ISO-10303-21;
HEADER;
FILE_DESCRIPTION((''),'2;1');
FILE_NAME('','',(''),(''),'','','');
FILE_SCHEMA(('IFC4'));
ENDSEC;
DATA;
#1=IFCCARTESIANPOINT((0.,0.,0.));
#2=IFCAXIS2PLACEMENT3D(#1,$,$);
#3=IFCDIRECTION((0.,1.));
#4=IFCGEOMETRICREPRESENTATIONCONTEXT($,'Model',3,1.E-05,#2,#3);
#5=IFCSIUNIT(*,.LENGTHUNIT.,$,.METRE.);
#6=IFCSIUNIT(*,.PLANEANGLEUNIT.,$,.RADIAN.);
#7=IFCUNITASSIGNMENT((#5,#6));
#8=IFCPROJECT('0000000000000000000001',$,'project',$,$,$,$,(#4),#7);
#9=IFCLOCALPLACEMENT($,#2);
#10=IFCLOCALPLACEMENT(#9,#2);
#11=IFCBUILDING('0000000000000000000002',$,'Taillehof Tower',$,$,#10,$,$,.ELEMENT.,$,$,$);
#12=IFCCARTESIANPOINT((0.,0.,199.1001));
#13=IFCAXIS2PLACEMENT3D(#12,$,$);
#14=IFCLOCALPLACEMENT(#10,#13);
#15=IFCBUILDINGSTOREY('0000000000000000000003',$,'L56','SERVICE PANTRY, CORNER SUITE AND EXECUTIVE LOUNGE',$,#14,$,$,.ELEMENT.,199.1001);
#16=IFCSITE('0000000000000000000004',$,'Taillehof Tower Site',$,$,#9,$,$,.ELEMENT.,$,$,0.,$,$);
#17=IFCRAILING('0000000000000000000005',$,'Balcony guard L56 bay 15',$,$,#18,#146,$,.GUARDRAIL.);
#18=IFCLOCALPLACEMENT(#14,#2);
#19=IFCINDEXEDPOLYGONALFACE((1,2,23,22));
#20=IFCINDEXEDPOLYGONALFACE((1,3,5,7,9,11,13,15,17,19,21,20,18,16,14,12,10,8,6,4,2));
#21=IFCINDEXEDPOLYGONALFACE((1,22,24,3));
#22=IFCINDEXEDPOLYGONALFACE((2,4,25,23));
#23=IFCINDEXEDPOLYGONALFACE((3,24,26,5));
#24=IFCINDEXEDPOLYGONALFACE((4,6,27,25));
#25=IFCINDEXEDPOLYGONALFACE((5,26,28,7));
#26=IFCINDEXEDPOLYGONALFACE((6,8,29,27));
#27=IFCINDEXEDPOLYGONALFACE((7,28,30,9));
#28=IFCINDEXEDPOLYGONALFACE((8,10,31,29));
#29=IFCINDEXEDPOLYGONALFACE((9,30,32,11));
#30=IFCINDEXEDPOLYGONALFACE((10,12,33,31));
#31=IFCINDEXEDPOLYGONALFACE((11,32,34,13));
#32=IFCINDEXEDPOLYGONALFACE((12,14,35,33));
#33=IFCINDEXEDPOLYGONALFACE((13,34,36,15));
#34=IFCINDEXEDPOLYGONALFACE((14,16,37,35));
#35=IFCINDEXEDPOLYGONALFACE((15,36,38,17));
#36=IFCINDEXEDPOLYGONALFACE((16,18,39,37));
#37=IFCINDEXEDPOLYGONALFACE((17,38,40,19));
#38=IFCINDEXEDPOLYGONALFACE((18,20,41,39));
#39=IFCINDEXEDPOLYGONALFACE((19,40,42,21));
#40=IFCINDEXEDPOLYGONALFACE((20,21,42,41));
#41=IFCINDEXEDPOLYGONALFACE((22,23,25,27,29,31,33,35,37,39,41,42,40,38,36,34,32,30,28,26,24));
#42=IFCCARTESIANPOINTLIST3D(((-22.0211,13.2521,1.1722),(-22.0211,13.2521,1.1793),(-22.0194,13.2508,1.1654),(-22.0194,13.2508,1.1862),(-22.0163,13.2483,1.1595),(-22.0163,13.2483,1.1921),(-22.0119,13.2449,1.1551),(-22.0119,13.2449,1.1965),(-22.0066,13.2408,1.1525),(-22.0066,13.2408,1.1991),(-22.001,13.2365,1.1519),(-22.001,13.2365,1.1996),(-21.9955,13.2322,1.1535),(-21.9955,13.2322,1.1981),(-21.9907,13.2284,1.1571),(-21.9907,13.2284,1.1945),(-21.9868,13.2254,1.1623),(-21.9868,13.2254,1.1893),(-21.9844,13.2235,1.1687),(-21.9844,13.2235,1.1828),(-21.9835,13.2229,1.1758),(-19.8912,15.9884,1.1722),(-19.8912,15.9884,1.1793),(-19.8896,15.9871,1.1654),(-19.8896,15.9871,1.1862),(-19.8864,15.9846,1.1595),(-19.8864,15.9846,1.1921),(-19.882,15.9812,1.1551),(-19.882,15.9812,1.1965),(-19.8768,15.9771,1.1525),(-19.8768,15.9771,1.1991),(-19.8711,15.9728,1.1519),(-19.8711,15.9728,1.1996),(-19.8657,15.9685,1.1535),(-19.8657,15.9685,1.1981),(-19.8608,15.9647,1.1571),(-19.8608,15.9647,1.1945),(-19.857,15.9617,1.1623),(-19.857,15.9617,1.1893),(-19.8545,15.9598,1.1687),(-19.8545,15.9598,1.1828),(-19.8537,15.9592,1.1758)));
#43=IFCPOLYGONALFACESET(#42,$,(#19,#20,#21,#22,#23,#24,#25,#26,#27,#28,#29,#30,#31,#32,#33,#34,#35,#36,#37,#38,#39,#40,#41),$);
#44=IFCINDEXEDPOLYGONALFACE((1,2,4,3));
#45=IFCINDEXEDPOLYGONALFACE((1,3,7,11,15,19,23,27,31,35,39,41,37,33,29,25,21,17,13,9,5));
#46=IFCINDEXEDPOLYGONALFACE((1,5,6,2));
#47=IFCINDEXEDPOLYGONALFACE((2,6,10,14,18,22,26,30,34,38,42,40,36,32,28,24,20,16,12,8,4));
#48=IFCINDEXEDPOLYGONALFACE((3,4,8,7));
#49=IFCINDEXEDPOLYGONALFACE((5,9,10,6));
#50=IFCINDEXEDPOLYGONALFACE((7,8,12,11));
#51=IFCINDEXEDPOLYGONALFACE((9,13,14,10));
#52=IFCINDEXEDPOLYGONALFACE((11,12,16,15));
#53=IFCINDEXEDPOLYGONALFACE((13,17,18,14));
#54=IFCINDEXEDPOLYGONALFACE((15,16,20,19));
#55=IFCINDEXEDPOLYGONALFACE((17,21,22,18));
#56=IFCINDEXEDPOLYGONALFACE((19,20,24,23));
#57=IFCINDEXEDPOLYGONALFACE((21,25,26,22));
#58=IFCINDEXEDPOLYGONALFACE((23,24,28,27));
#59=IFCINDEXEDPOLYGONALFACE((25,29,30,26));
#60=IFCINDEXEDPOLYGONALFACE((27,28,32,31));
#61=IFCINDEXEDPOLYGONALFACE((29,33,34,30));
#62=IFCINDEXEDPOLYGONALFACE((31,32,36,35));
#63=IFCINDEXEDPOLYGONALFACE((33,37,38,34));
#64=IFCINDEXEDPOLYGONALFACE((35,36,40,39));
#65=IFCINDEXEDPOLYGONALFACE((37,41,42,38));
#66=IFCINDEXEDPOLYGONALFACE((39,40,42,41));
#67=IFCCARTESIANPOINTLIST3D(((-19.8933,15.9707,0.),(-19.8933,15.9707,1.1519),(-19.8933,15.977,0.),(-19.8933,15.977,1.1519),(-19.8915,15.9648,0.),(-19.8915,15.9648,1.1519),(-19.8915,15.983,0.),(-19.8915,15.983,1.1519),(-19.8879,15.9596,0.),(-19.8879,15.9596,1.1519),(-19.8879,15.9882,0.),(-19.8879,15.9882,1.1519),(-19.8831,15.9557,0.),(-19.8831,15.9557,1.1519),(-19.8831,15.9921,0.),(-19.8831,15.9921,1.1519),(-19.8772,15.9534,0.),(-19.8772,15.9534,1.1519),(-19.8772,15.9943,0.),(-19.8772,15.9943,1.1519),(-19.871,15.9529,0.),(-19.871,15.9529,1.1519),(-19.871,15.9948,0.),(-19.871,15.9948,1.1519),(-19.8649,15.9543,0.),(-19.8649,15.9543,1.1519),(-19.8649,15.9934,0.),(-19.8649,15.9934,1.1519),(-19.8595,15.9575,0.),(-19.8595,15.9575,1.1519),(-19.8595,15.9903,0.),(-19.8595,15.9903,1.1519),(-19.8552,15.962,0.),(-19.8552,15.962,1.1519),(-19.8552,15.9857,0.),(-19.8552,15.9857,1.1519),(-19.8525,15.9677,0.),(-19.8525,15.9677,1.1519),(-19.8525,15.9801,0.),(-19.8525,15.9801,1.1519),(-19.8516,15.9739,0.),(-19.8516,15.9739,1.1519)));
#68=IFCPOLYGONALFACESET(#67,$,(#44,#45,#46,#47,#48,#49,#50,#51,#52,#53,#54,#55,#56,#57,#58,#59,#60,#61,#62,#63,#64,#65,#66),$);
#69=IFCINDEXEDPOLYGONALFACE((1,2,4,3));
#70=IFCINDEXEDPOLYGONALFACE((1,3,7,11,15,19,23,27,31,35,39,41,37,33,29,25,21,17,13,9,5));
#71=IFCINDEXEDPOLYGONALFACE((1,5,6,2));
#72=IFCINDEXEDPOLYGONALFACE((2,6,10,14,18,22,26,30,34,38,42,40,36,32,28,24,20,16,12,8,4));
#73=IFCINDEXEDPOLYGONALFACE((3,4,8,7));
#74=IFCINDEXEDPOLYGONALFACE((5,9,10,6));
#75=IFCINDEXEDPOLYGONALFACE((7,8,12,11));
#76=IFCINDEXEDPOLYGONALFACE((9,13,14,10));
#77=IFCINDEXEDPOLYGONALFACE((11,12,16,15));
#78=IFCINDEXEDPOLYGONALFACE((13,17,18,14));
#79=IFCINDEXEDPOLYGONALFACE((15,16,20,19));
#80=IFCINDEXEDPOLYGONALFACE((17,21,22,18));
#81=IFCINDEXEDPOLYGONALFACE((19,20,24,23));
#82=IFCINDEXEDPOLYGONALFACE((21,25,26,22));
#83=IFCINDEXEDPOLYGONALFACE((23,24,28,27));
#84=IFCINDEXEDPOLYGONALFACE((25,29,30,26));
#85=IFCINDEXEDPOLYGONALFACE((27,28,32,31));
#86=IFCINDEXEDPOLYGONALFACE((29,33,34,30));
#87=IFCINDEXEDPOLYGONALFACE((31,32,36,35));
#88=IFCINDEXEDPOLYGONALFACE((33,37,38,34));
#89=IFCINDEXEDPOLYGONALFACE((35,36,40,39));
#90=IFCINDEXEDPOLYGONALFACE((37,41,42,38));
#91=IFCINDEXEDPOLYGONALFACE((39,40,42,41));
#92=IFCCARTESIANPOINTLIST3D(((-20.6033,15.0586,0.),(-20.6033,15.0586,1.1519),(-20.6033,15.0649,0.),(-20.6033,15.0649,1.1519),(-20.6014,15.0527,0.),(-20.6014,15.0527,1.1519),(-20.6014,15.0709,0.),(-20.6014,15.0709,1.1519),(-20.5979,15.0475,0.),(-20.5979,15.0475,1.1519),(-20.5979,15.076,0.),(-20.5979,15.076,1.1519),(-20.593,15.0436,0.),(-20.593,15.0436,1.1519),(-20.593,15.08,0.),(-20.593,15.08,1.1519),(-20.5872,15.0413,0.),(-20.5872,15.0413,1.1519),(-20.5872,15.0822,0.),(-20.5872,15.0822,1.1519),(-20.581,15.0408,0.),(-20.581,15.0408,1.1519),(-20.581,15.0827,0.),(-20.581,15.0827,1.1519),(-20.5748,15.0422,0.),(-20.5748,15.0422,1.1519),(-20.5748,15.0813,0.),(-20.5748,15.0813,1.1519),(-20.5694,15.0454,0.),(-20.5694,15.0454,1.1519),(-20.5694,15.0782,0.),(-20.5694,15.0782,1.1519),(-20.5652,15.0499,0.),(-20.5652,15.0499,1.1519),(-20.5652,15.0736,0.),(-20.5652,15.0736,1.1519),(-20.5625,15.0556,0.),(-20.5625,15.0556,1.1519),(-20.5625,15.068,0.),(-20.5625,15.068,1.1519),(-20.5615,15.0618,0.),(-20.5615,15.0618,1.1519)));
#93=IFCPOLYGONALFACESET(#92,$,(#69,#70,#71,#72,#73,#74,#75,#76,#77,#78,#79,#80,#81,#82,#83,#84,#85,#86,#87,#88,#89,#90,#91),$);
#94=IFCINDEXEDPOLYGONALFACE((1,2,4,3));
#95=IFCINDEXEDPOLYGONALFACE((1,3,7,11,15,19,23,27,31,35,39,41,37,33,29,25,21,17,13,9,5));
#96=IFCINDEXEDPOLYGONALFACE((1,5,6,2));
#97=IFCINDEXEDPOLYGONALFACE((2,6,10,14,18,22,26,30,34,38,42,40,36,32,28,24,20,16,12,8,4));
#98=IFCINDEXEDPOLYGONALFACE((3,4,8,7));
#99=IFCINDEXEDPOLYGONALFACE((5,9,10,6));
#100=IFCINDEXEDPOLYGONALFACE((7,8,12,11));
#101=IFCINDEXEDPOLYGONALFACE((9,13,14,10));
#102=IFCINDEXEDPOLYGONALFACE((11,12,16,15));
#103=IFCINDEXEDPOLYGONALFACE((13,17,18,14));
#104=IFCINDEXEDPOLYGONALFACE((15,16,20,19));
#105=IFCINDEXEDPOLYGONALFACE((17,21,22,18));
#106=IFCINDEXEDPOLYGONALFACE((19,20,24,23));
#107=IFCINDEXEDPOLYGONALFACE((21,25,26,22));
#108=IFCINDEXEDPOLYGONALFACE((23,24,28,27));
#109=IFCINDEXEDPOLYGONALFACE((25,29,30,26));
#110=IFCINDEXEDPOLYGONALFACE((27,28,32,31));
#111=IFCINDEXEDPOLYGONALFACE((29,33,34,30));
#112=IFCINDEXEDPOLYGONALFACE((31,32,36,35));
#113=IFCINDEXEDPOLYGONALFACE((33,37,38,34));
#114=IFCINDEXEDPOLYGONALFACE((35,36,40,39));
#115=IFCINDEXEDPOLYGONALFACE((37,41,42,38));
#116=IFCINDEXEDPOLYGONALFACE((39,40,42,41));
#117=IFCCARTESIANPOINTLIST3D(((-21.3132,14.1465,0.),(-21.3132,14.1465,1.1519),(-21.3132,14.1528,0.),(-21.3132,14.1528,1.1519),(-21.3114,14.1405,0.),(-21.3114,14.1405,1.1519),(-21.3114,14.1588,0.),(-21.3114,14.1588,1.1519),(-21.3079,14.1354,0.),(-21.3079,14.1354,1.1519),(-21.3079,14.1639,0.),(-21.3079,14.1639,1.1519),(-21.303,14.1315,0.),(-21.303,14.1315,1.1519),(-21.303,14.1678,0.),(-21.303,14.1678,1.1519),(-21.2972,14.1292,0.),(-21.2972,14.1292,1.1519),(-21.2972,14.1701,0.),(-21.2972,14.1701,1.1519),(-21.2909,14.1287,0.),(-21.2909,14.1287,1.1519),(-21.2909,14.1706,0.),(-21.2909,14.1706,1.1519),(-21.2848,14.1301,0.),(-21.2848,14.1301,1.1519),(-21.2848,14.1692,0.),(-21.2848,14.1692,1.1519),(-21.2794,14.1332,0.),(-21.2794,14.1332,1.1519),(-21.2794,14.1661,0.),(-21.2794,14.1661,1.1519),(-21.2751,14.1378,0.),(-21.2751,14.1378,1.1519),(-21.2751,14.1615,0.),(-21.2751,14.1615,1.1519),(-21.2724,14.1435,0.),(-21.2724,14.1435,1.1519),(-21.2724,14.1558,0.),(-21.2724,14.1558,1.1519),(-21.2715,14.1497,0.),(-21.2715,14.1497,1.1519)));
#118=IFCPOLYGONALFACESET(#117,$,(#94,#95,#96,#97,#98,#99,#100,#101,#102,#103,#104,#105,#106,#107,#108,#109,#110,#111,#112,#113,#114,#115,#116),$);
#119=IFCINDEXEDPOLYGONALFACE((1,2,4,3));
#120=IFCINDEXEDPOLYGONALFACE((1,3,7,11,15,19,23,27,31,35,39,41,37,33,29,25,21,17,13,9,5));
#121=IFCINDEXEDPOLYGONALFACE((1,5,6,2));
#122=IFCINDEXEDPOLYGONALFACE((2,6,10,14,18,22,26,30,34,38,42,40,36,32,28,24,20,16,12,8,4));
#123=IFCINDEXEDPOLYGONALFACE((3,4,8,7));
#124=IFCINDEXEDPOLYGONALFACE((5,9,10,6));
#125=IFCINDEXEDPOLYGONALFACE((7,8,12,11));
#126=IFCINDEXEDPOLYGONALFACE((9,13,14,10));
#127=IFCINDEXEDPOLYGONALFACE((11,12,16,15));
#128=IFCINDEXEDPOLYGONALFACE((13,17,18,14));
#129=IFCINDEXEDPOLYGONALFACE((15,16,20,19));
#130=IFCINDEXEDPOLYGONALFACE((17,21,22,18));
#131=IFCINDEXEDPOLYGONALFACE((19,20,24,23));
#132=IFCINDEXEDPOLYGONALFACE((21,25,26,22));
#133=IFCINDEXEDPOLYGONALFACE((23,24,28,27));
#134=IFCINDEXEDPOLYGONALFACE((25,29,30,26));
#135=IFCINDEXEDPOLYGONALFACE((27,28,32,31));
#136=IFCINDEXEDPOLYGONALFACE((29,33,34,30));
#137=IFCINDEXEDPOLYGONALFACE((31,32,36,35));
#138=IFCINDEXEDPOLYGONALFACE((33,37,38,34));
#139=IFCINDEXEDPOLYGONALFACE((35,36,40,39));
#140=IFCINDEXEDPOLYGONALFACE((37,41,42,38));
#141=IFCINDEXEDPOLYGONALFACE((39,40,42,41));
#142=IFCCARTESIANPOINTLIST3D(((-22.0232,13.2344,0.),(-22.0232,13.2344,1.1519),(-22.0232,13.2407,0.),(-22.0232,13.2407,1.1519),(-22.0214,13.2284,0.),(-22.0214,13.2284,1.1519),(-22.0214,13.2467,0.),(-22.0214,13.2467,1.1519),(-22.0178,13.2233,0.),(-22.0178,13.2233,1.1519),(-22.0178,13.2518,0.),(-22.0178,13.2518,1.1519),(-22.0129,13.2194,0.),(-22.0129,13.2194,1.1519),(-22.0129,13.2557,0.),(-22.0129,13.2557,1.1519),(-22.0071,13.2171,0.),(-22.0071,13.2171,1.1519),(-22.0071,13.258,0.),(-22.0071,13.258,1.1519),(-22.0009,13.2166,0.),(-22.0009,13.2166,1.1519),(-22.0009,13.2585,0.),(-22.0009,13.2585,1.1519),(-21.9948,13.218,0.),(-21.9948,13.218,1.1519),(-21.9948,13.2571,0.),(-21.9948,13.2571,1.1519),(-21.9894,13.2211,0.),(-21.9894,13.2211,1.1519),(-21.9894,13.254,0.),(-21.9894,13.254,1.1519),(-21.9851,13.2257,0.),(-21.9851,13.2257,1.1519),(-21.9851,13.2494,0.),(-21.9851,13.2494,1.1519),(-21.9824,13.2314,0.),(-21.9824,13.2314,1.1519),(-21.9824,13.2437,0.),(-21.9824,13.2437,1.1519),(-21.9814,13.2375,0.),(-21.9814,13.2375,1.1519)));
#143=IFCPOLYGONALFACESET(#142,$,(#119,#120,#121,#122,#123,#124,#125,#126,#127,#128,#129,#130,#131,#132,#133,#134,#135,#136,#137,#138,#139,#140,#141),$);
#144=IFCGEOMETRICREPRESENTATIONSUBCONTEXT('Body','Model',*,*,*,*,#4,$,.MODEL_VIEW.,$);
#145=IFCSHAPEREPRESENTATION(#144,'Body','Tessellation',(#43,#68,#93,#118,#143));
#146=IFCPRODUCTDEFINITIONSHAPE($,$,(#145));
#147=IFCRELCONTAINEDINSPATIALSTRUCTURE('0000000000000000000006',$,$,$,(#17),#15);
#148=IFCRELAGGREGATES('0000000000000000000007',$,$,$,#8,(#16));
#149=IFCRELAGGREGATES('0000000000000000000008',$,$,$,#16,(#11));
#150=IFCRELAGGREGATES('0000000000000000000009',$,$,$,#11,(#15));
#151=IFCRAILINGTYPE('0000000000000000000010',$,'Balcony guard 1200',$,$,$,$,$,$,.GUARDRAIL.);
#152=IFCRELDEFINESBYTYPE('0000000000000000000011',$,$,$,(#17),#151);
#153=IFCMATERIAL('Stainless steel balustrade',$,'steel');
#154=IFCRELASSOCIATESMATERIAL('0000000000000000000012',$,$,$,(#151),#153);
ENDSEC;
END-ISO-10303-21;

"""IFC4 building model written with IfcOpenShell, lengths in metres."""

from ifc_helpers import new_model, si_unit, direction, frame, origin, origin_2d, place, context, subcontext, project, spatial, circle, extrude, material, type_object, element, save


model = new_model("IFC4")

# Units and contexts
model_context = context("Model", 3, precision=1e-05, world=origin(), true_north=direction((0.0, 1.0)))
body_context = subcontext(model_context, "Body", "Model", "MODEL_VIEW")
ifc_project = project(units=[si_unit("LENGTHUNIT", "METRE"), si_unit("PLANEANGLEUNIT", "RADIAN")], contexts=[model_context])

# Site, building, storey
site_placement = place(None, origin())
site = spatial("IfcSite", under=ifc_project, at=site_placement, Name="Taillehof Tower Site", CompositionType="ELEMENT", RefElevation=0.0)
building_placement = place(site_placement, origin())
building = spatial("IfcBuilding", under=site, at=building_placement, Name="Taillehof Tower", CompositionType="ELEMENT")
storey_placement = place(building_placement, frame((0.0, 0.0, 199.1001)))
storey = spatial("IfcBuildingStorey", under=building, at=storey_placement, Name="L56", Description="SERVICE PANTRY, CORNER SUITE AND EXECUTIVE LOUNGE", CompositionType="ELEMENT", Elevation=199.1001)

# Railing
ifc_material_1 = material(Name="Stainless steel balustrade", Category="steel")
railing_type = type_object("IfcRailingType", Name="Balcony guard 1200", PredefinedType="GUARDRAIL", material=ifc_material_1)
railing_1_placement = place(storey_placement, frame((-19.8726, 15.9739, 0.0)))
element("IfcRailing", 1, at=railing_1_placement, inside=storey, type_object=railing_type, Name="Balcony guard L56 bay 15", PredefinedType="GUARDRAIL", context=body_context, shape_type="SweptSolid", body=[
    extrude(circle(Radius=0.0239, at=origin_2d()), frame((0.0, 0.0, 1.1758), z_axis=(-0.614233, -0.789125, 0.0), x_axis=(0.789125, -0.614233, 0.0)), (0.0, 0.0, 1.0), 3.4675),
    extrude(circle(Radius=0.021, at=origin_2d()), origin(), (0.0, 0.0, 1.0), 1.1519),
    extrude(circle(Radius=0.021, at=origin_2d()), frame((-0.71, -0.9121, 0.0)), (0.0, 0.0, 1.0), 1.1519),
    extrude(circle(Radius=0.021, at=origin_2d()), frame((-1.4199, -1.8242, 0.0)), (0.0, 0.0, 1.0), 1.1519),
    extrude(circle(Radius=0.021, at=origin_2d()), frame((-2.1299, -2.7363, 0.0)), (0.0, 0.0, 1.0), 1.1519),
])

save(model, "model.ifc")
